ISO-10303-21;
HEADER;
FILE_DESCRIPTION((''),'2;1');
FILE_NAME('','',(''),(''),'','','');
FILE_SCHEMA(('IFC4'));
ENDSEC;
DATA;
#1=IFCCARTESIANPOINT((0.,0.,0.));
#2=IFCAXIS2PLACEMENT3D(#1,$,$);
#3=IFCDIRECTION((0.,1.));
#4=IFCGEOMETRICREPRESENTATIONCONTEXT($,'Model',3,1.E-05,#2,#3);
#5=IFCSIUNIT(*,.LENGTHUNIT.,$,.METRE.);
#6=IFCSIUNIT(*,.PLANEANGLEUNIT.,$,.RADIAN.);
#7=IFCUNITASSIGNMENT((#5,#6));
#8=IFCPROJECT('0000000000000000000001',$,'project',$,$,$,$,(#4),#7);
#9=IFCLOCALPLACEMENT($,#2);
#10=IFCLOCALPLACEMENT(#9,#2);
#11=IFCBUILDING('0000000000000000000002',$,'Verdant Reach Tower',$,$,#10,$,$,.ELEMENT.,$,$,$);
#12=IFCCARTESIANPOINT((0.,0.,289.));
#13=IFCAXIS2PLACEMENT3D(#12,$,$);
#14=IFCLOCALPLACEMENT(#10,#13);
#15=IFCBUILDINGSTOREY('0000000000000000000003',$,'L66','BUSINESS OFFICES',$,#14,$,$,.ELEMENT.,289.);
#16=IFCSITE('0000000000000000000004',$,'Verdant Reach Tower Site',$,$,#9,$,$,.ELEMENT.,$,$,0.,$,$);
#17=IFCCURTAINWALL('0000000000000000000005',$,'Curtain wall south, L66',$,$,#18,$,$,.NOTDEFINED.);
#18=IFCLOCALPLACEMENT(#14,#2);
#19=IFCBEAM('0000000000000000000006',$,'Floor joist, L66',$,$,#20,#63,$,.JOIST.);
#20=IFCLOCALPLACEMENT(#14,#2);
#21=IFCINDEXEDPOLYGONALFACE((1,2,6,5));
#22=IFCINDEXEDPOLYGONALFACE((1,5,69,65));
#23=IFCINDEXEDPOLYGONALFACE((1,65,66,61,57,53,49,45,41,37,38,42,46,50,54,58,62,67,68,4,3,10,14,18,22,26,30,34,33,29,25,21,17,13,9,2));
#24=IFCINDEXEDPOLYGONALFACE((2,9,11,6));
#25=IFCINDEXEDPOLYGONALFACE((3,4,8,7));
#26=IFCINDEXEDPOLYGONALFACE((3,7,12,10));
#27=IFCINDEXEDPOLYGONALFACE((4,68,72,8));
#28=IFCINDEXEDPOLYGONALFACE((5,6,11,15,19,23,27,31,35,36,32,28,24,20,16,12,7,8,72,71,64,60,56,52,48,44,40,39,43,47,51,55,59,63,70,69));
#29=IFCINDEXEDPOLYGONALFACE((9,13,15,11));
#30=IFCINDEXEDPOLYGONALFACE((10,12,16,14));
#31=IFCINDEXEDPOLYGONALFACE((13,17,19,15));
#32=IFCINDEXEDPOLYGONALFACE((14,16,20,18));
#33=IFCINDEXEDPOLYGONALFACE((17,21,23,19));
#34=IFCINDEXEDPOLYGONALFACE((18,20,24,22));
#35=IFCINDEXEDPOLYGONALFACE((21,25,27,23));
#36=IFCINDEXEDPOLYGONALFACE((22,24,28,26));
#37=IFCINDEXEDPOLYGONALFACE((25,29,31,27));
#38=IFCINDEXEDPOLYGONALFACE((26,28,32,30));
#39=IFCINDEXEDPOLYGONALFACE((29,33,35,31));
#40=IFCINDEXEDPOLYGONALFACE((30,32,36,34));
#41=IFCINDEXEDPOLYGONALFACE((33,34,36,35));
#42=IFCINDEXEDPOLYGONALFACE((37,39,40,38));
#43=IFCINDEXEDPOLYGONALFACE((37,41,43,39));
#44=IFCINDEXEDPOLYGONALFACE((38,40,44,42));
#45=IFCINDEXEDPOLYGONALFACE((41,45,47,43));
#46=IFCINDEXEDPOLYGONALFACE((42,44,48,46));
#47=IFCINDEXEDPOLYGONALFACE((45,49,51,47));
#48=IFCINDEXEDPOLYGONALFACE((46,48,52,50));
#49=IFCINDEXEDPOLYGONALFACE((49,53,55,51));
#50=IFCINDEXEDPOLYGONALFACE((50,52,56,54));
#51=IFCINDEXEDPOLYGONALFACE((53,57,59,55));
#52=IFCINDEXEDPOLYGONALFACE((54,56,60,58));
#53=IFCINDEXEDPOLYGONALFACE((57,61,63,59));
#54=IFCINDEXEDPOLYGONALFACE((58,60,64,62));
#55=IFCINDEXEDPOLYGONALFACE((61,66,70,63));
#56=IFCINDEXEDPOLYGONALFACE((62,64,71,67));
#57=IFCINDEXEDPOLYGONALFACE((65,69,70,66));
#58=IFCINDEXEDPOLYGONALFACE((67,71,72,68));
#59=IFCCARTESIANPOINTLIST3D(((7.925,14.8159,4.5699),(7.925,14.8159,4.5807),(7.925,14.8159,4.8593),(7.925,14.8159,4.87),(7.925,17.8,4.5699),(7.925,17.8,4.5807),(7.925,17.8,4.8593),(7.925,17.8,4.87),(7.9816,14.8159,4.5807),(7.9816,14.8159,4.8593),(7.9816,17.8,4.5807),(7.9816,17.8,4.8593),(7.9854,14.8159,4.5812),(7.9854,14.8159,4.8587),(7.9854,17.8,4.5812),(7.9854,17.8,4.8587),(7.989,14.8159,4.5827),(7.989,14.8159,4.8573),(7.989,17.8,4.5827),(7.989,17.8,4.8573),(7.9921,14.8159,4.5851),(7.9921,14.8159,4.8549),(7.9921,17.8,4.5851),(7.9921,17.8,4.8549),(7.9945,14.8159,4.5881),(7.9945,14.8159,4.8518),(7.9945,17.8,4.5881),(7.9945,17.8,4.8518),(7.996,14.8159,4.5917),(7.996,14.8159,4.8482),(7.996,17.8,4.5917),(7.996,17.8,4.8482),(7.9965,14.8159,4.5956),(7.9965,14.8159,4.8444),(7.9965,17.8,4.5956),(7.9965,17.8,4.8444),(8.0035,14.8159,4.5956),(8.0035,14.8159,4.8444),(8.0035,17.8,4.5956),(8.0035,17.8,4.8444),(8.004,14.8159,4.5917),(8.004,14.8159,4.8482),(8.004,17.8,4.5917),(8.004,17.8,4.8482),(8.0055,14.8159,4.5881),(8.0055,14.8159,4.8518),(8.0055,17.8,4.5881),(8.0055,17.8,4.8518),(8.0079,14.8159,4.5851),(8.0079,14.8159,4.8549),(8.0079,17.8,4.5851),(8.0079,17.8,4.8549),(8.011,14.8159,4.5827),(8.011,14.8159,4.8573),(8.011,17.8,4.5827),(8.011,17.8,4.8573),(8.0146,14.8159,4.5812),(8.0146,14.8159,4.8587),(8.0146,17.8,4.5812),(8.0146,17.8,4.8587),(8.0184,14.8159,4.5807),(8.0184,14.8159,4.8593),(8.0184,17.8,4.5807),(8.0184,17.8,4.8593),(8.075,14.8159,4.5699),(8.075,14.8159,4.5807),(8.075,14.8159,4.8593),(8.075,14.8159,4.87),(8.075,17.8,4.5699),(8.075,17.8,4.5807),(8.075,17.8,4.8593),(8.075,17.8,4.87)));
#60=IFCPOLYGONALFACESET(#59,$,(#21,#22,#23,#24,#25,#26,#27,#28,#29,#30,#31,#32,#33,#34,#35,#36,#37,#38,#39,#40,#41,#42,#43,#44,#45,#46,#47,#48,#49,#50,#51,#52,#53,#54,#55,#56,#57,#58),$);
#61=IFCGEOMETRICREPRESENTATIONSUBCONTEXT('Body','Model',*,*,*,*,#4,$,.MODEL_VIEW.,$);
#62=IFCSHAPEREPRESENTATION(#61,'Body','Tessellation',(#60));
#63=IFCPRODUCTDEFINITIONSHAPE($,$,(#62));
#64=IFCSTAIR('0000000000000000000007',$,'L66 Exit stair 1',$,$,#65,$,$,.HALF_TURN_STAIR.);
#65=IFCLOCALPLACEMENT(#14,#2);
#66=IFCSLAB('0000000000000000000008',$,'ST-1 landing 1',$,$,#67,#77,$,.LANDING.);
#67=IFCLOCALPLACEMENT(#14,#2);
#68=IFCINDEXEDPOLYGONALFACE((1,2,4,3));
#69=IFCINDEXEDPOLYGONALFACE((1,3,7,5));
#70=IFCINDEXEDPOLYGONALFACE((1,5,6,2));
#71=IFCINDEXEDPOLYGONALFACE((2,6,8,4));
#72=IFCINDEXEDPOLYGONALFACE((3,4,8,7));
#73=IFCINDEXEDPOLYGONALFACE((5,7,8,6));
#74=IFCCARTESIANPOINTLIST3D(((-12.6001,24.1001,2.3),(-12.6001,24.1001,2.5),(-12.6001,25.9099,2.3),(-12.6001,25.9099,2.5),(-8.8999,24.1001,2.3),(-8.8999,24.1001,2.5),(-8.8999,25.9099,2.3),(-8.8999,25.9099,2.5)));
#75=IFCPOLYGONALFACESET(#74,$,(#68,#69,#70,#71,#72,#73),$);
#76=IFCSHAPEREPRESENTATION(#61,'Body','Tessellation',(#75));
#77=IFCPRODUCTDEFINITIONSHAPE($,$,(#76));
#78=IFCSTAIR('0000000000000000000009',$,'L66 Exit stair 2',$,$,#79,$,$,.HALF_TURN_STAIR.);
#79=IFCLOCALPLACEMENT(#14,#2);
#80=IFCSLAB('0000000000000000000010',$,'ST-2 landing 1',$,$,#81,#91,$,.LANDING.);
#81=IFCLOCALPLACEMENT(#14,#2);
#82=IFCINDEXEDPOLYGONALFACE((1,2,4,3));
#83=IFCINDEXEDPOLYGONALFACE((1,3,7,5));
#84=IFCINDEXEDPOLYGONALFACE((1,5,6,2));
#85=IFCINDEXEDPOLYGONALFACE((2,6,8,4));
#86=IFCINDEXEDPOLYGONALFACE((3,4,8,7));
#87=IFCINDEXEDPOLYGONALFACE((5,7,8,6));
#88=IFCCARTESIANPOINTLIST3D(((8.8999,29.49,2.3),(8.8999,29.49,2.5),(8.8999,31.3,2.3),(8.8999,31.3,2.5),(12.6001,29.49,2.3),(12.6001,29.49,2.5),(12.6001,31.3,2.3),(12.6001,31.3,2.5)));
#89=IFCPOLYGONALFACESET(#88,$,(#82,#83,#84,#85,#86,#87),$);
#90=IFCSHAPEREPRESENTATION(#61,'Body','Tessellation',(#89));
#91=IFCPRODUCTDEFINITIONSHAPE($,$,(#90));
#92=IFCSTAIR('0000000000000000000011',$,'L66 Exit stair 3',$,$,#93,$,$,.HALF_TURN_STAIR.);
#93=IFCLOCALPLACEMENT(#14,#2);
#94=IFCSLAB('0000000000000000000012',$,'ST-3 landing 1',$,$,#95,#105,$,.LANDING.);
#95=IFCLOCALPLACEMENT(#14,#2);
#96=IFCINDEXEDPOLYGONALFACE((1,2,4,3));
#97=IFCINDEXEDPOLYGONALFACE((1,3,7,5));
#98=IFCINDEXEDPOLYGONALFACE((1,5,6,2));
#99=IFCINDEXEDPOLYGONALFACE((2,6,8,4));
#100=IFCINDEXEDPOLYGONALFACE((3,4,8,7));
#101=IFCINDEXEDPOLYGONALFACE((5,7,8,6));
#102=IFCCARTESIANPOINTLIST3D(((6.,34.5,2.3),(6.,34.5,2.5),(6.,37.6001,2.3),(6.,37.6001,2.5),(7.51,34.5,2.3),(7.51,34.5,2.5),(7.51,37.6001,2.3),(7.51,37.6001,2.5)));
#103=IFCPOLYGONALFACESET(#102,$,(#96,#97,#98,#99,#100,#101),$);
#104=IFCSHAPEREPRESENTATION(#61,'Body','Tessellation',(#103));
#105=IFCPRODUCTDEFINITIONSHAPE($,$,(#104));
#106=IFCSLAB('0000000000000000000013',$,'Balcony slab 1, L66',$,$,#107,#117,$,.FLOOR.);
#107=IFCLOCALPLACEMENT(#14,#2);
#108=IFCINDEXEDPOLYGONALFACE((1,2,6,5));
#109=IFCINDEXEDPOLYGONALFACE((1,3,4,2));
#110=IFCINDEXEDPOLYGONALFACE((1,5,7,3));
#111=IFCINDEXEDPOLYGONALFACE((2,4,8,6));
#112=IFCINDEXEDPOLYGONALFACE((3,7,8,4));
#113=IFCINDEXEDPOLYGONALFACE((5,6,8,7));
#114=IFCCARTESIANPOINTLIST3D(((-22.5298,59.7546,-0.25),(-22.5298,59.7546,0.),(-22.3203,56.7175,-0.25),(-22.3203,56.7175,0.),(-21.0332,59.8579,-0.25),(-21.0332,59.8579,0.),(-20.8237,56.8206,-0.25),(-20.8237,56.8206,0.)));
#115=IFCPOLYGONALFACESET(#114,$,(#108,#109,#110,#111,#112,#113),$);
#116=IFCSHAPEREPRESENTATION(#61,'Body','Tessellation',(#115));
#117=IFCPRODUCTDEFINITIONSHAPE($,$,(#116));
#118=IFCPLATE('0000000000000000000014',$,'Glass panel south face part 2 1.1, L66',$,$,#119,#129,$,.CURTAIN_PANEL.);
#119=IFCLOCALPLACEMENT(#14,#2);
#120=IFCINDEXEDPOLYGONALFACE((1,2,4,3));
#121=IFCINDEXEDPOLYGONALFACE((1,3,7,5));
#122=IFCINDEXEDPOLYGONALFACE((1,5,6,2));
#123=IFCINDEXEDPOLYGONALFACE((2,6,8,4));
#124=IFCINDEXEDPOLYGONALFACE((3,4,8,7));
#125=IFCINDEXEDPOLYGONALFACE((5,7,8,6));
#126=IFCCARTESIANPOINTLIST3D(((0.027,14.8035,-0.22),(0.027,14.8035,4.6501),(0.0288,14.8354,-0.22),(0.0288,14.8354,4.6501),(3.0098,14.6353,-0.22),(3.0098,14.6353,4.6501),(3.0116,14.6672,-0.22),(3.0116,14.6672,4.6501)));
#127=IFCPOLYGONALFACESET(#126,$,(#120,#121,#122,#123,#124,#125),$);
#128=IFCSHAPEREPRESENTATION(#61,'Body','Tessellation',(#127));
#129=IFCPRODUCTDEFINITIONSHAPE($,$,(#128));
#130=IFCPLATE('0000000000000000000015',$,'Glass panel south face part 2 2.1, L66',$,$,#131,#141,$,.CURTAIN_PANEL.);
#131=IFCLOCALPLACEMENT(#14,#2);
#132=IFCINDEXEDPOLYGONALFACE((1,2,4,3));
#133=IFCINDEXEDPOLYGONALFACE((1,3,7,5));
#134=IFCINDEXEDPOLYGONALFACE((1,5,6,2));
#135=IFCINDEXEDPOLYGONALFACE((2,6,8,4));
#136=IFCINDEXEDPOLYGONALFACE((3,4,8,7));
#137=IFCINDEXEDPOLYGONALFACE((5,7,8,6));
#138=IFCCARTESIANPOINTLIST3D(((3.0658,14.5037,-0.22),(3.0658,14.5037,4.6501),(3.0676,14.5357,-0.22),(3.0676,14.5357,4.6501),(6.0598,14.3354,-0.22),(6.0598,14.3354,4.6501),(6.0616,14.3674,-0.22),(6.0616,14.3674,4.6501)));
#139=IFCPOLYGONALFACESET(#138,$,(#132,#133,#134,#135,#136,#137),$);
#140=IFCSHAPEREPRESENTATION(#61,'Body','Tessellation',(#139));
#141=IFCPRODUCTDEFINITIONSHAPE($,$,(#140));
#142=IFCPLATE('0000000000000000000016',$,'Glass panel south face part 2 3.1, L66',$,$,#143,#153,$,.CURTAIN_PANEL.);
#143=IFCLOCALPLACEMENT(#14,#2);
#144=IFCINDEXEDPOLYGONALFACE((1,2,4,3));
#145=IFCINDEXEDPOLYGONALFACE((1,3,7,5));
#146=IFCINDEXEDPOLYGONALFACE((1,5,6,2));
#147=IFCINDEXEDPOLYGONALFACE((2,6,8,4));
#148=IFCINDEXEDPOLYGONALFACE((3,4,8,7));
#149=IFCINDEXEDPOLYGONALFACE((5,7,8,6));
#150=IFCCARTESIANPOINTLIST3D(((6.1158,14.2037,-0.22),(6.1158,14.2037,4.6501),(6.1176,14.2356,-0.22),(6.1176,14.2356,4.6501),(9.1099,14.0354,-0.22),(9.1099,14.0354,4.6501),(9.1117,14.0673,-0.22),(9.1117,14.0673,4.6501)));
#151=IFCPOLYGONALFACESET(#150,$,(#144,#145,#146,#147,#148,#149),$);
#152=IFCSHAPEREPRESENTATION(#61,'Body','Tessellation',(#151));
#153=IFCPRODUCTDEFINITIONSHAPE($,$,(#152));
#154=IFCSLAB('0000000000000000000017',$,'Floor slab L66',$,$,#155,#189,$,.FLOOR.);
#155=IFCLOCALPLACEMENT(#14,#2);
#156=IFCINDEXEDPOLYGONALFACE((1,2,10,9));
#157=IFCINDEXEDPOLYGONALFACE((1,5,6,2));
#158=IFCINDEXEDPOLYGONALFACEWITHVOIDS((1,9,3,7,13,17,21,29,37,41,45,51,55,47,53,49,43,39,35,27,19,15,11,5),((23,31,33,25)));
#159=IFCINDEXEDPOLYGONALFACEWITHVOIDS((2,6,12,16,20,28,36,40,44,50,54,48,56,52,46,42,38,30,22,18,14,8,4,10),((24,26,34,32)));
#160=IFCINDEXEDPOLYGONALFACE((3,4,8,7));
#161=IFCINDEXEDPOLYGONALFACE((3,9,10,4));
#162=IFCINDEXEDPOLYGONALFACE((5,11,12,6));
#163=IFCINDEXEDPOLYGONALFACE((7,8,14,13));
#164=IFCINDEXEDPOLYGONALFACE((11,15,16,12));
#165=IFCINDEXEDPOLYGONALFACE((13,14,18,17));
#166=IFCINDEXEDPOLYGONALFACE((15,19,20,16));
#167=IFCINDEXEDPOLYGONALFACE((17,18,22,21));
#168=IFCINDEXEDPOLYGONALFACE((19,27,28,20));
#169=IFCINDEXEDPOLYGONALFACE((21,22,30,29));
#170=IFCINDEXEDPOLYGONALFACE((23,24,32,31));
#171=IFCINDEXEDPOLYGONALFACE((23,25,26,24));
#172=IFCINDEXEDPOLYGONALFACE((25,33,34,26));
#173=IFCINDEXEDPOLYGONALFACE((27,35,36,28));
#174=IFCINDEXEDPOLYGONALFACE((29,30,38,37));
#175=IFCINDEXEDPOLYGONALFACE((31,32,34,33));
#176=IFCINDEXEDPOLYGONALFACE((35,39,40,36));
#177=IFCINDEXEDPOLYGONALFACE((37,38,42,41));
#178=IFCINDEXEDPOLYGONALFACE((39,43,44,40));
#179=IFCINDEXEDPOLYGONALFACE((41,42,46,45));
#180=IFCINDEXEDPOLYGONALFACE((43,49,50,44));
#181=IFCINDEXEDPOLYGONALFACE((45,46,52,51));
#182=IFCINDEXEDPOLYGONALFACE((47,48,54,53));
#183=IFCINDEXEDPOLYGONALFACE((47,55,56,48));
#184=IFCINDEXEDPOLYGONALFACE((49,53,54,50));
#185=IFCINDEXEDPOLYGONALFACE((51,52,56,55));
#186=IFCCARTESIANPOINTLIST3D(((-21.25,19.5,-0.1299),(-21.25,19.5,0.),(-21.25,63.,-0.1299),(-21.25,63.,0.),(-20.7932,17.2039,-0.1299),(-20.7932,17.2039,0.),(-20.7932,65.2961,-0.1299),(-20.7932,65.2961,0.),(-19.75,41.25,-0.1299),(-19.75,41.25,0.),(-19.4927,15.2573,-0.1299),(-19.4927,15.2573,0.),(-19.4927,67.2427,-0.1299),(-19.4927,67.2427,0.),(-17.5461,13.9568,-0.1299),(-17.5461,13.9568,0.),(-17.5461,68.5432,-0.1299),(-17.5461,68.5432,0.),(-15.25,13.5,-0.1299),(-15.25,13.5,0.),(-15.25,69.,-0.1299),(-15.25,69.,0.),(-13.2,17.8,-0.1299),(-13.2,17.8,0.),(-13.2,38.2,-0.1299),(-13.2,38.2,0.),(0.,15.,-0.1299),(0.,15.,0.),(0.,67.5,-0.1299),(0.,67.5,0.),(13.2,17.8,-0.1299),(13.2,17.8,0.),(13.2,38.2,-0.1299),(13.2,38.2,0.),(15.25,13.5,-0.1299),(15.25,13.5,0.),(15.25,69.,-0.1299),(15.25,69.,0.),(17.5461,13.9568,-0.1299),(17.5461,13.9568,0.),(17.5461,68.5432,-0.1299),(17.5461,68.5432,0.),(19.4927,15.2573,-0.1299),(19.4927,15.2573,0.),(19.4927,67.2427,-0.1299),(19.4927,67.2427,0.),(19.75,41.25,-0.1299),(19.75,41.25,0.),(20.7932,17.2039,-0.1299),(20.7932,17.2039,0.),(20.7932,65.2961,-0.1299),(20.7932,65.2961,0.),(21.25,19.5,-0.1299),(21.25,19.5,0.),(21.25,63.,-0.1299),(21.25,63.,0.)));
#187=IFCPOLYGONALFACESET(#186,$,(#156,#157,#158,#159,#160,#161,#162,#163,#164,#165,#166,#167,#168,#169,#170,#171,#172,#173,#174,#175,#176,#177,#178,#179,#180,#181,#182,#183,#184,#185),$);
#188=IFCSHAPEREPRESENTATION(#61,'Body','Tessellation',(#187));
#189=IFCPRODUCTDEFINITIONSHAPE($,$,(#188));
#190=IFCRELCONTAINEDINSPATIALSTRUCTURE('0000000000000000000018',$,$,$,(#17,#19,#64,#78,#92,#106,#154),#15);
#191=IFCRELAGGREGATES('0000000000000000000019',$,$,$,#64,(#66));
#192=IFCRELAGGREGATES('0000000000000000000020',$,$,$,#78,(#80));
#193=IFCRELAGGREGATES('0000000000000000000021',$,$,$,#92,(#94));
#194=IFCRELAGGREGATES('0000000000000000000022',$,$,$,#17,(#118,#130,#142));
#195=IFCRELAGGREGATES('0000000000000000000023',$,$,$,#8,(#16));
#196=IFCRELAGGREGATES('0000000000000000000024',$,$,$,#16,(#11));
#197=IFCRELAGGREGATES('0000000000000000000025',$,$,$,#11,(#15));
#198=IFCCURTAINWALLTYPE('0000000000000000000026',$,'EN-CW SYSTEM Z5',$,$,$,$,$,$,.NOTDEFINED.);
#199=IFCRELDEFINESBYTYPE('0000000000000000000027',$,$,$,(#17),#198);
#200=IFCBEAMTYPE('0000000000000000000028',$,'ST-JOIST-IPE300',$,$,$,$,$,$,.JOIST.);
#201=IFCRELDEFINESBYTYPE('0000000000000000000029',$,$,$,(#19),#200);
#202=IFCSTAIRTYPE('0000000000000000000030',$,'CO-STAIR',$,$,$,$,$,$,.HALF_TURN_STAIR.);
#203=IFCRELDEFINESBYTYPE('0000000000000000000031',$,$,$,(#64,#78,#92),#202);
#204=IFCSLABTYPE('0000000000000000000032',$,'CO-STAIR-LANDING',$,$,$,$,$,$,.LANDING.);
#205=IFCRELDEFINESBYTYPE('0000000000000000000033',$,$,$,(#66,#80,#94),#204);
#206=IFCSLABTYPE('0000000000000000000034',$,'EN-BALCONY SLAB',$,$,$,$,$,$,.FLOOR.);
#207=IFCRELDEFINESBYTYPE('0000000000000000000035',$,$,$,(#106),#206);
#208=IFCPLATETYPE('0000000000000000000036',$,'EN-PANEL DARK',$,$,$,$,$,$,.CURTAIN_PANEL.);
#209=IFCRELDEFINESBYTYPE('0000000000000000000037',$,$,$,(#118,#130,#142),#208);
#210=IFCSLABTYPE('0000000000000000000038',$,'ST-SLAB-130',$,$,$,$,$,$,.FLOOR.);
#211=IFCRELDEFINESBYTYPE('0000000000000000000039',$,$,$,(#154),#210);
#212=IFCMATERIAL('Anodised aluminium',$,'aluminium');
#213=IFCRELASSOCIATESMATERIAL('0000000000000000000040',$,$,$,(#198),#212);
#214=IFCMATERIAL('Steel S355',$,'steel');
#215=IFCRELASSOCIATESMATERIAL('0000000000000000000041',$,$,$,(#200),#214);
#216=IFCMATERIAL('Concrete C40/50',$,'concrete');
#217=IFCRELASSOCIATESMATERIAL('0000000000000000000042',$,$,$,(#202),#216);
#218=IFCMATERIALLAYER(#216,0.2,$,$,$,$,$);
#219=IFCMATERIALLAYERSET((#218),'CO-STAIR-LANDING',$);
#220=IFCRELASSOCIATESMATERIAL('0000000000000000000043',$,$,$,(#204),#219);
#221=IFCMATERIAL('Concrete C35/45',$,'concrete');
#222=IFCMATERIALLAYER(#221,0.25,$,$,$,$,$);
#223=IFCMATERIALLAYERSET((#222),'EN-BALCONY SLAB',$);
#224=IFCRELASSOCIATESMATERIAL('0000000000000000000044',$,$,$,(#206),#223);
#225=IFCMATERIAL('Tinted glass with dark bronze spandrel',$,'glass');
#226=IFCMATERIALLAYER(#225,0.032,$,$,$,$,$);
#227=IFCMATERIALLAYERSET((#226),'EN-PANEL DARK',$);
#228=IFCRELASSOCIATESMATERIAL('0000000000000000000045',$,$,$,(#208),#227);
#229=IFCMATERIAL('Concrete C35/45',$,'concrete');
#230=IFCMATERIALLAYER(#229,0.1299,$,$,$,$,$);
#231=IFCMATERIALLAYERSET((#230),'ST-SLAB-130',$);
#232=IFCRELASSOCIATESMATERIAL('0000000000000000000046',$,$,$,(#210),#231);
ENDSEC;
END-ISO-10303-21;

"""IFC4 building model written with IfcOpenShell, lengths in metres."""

from ifc_helpers import new_model, si_unit, direction, frame, origin, origin_2d, place, context, subcontext, project, spatial, polyline, rectangle, i_section, outline, extrude, material, layer, layer_set, material_profile, profile_set, type_object, element, aggregate, save


model = new_model("IFC4")

# Units and contexts
model_context = context("Model", 3, precision=1e-05, world=origin(), true_north=direction((0.0, 1.0)))
body_context = subcontext(model_context, "Body", "Model", "MODEL_VIEW")
ifc_project = project(units=[si_unit("LENGTHUNIT", "METRE"), si_unit("PLANEANGLEUNIT", "RADIAN")], contexts=[model_context])

# Site, building, storey
site_placement = place(None, origin())
site = spatial("IfcSite", under=ifc_project, at=site_placement, Name="Verdant Reach Tower Site", CompositionType="ELEMENT", RefElevation=0.0)
building_placement = place(site_placement, origin())
building = spatial("IfcBuilding", under=site, at=building_placement, Name="Verdant Reach Tower", CompositionType="ELEMENT")
storey_placement = place(building_placement, frame((0.0, 0.0, 289.0)))
storey = spatial("IfcBuildingStorey", under=building, at=storey_placement, Name="L66", Description="BUSINESS OFFICES", CompositionType="ELEMENT", Elevation=289.0)

# Curtain wall
ifc_material_1 = material(Name="Anodised aluminium", Category="aluminium")
curtain_wall_type = type_object("IfcCurtainWallType", Name="EN-CW SYSTEM Z5", PredefinedType="NOTDEFINED", material=ifc_material_1)
curtain_wall_placement = place(storey_placement, origin())
curtain_wall = element("IfcCurtainWall", 1, at=curtain_wall_placement, inside=storey, type_object=curtain_wall_type, Name="Curtain wall south, L66", PredefinedType="NOTDEFINED")

# Beam
ifc_material_2 = material(Name="Steel S355", Category="steel")
ifc_material_profile_1 = material_profile(ifc_material_2, i_section(OverallWidth=0.1499, OverallDepth=0.3, WebThickness=0.0071, FlangeThickness=0.0107, FilletRadius=0.0149, at=origin_2d()), Name="IPE 300")
ifc_profile_set_1 = profile_set([ifc_material_profile_1], Name="Steel S355")
beam_type = type_object("IfcBeamType", Name="ST-JOIST-IPE300", PredefinedType="JOIST", material=ifc_profile_set_1)
beam_1_placement = place(storey_placement, frame((8.0, 17.8, 4.72), z_axis=(0.0, -1.0, 0.0), x_axis=(1.0, 0.0, 0.0)))
element("IfcBeam", 2, at=beam_1_placement, inside=storey, type_object=beam_type, Name="Floor joist, L66", PredefinedType="JOIST", context=body_context, shape_type="SweptSolid", body=[
    extrude(i_section(OverallWidth=0.1499, OverallDepth=0.3, WebThickness=0.0071, FlangeThickness=0.0107, FilletRadius=0.0149, at=origin_2d()), origin(), (0.0, 0.0, 1.0), 2.9841),
])

# Stairs, slabs
ifc_material_3 = material(Name="Concrete C40/50", Category="concrete")
stair_type = type_object("IfcStairType", Name="CO-STAIR", PredefinedType="HALF_TURN_STAIR", material=ifc_material_3)
stair_1_placement = place(storey_placement, origin())
stair_1 = element("IfcStair", 3, at=stair_1_placement, inside=storey, type_object=stair_type, Name="L66 Exit stair 1", PredefinedType="HALF_TURN_STAIR")
ifc_layer_1 = layer(ifc_material_3, 0.2)
ifc_layer_set_1 = layer_set([ifc_layer_1], Name="CO-STAIR-LANDING")
slab_type_1 = type_object("IfcSlabType", Name="CO-STAIR-LANDING", PredefinedType="LANDING", material=ifc_layer_set_1)
slab_1_placement = place(storey_placement, frame((0.0, 0.0, 2.3)))
slab_1 = element("IfcSlab", 4, at=slab_1_placement, type_object=slab_type_1, Name="ST-1 landing 1", PredefinedType="LANDING", context=body_context, shape_type="SweptSolid", body=[
    extrude(outline(polyline([(-12.6001, 25.9099), (-12.6001, 24.1001), (-8.8999, 24.1001), (-8.8999, 25.9099), (-12.6001, 25.9099)])), origin(), (0.0, 0.0, 1.0), 0.2),
])
aggregate(stair_1, [slab_1])
stair_2_placement = place(storey_placement, origin())
stair_2 = element("IfcStair", 5, at=stair_2_placement, inside=storey, type_object=stair_type, Name="L66 Exit stair 2", PredefinedType="HALF_TURN_STAIR")
slab_2_placement = place(storey_placement, frame((0.0, 0.0, 2.3)))
slab_2 = element("IfcSlab", 6, at=slab_2_placement, type_object=slab_type_1, Name="ST-2 landing 1", PredefinedType="LANDING", context=body_context, shape_type="SweptSolid", body=[
    extrude(outline(polyline([(12.6001, 29.49), (12.6001, 31.3), (8.8999, 31.3), (8.8999, 29.49), (12.6001, 29.49)])), origin(), (0.0, 0.0, 1.0), 0.2),
])
aggregate(stair_2, [slab_2])
stair_3_placement = place(storey_placement, origin())
stair_3 = element("IfcStair", 7, at=stair_3_placement, inside=storey, type_object=stair_type, Name="L66 Exit stair 3", PredefinedType="HALF_TURN_STAIR")
slab_3_placement = place(storey_placement, frame((0.0, 0.0, 2.3)))
slab_3 = element("IfcSlab", 8, at=slab_3_placement, type_object=slab_type_1, Name="ST-3 landing 1", PredefinedType="LANDING", context=body_context, shape_type="SweptSolid", body=[
    extrude(outline(polyline([(7.51, 37.6001), (6.0, 37.6001), (6.0, 34.5), (7.51, 34.5), (7.51, 37.6001)])), origin(), (0.0, 0.0, 1.0), 0.2),
])
aggregate(stair_3, [slab_3])

# Slab
ifc_material_4 = material(Name="Concrete C35/45", Category="concrete")
ifc_layer_2 = layer(ifc_material_4, 0.25)
ifc_layer_set_2 = layer_set([ifc_layer_2], Name="EN-BALCONY SLAB")
slab_type_2 = type_object("IfcSlabType", Name="EN-BALCONY SLAB", PredefinedType="FLOOR", material=ifc_layer_set_2)
slab_4_placement = place(storey_placement, frame((0.0, 0.0, -0.25)))
element("IfcSlab", 9, at=slab_4_placement, inside=storey, type_object=slab_type_2, Name="Balcony slab 1, L66", PredefinedType="FLOOR", context=body_context, shape_type="SweptSolid", body=[
    extrude(outline(polyline([(-21.0332, 59.8579), (-20.8237, 56.8206), (-22.3203, 56.7175), (-22.5298, 59.7546), (-21.0332, 59.8579)])), origin(), (0.0, 0.0, 1.0), 0.25),
])

# Plates
ifc_material_5 = material(Name="Tinted glass with dark bronze spandrel", Category="glass")
ifc_layer_3 = layer(ifc_material_5, 0.032)
ifc_layer_set_3 = layer_set([ifc_layer_3], Name="EN-PANEL DARK")
plate_type = type_object("IfcPlateType", Name="EN-PANEL DARK", PredefinedType="CURTAIN_PANEL", material=ifc_layer_set_3)
plate_1_placement = place(storey_placement, frame((1.5193, 14.7354, -0.22), z_axis=(0.0, 0.0, 1.0), x_axis=(0.998413, -0.056308, 0.0)))
plate_1 = element("IfcPlate", 10, at=plate_1_placement, type_object=plate_type, Name="Glass panel south face part 2 1.1, L66", PredefinedType="CURTAIN_PANEL", context=body_context, shape_type="SweptSolid", body=[
    extrude(rectangle(XDim=2.9875, YDim=0.032, at=origin_2d()), origin(), (0.0, 0.0, 1.0), 4.8701),
])
plate_2_placement = place(storey_placement, frame((4.5637, 14.4355, -0.22), z_axis=(0.0, 0.0, 1.0), x_axis=(0.998424, -0.056128, 0.0)))
plate_2 = element("IfcPlate", 11, at=plate_2_placement, type_object=plate_type, Name="Glass panel south face part 2 2.1, L66", PredefinedType="CURTAIN_PANEL", context=body_context, shape_type="SweptSolid", body=[
    extrude(rectangle(XDim=2.9988, YDim=0.032, at=origin_2d()), origin(), (0.0, 0.0, 1.0), 4.8701),
])
plate_3_placement = place(storey_placement, frame((7.6138, 14.1355, -0.22), z_axis=(0.0, 0.0, 1.0), x_axis=(0.998424, -0.056128, 0.0)))
plate_3 = element("IfcPlate", 12, at=plate_3_placement, type_object=plate_type, Name="Glass panel south face part 2 3.1, L66", PredefinedType="CURTAIN_PANEL", context=body_context, shape_type="SweptSolid", body=[
    extrude(rectangle(XDim=2.9988, YDim=0.032, at=origin_2d()), origin(), (0.0, 0.0, 1.0), 4.8701),
])
aggregate(curtain_wall, [plate_1, plate_2, plate_3])

# Slab
ifc_material_6 = material(Name="Concrete C35/45", Category="concrete")
ifc_layer_4 = layer(ifc_material_6, 0.1299)
ifc_layer_set_4 = layer_set([ifc_layer_4], Name="ST-SLAB-130")
slab_type_3 = type_object("IfcSlabType", Name="ST-SLAB-130", PredefinedType="FLOOR", material=ifc_layer_set_4)
slab_5_placement = place(storey_placement, frame((0.0, 0.0, -0.1299)))
element("IfcSlab", 13, at=slab_5_placement, inside=storey, type_object=slab_type_3, Name="Floor slab L66", PredefinedType="FLOOR", context=body_context, shape_type="SweptSolid", body=[
    extrude(outline(polyline([(0.0, 15.0), (-15.25, 13.5), (-17.5461, 13.9568), (-19.4927, 15.2573), (-20.7932, 17.2039), (-21.25, 19.5), (-19.75, 41.25), (-21.25, 63.0), (-20.7932, 65.2961), (-19.4927, 67.2427), (-17.5461, 68.5432), (-15.25, 69.0), (0.0, 67.5), (15.25, 69.0), (17.5461, 68.5432), (19.4927, 67.2427), (20.7932, 65.2961), (21.25, 63.0), (19.75, 41.25), (21.25, 19.5), (20.7932, 17.2039), (19.4927, 15.2573), (17.5461, 13.9568), (15.25, 13.5), (0.0, 15.0)]), holes=[polyline([(13.2, 38.2), (-13.2, 38.2), (-13.2, 17.8), (13.2, 17.8), (13.2, 38.2)])]), origin(), (0.0, 0.0, 1.0), 0.1299),
])

save(model, "model.ifc")
